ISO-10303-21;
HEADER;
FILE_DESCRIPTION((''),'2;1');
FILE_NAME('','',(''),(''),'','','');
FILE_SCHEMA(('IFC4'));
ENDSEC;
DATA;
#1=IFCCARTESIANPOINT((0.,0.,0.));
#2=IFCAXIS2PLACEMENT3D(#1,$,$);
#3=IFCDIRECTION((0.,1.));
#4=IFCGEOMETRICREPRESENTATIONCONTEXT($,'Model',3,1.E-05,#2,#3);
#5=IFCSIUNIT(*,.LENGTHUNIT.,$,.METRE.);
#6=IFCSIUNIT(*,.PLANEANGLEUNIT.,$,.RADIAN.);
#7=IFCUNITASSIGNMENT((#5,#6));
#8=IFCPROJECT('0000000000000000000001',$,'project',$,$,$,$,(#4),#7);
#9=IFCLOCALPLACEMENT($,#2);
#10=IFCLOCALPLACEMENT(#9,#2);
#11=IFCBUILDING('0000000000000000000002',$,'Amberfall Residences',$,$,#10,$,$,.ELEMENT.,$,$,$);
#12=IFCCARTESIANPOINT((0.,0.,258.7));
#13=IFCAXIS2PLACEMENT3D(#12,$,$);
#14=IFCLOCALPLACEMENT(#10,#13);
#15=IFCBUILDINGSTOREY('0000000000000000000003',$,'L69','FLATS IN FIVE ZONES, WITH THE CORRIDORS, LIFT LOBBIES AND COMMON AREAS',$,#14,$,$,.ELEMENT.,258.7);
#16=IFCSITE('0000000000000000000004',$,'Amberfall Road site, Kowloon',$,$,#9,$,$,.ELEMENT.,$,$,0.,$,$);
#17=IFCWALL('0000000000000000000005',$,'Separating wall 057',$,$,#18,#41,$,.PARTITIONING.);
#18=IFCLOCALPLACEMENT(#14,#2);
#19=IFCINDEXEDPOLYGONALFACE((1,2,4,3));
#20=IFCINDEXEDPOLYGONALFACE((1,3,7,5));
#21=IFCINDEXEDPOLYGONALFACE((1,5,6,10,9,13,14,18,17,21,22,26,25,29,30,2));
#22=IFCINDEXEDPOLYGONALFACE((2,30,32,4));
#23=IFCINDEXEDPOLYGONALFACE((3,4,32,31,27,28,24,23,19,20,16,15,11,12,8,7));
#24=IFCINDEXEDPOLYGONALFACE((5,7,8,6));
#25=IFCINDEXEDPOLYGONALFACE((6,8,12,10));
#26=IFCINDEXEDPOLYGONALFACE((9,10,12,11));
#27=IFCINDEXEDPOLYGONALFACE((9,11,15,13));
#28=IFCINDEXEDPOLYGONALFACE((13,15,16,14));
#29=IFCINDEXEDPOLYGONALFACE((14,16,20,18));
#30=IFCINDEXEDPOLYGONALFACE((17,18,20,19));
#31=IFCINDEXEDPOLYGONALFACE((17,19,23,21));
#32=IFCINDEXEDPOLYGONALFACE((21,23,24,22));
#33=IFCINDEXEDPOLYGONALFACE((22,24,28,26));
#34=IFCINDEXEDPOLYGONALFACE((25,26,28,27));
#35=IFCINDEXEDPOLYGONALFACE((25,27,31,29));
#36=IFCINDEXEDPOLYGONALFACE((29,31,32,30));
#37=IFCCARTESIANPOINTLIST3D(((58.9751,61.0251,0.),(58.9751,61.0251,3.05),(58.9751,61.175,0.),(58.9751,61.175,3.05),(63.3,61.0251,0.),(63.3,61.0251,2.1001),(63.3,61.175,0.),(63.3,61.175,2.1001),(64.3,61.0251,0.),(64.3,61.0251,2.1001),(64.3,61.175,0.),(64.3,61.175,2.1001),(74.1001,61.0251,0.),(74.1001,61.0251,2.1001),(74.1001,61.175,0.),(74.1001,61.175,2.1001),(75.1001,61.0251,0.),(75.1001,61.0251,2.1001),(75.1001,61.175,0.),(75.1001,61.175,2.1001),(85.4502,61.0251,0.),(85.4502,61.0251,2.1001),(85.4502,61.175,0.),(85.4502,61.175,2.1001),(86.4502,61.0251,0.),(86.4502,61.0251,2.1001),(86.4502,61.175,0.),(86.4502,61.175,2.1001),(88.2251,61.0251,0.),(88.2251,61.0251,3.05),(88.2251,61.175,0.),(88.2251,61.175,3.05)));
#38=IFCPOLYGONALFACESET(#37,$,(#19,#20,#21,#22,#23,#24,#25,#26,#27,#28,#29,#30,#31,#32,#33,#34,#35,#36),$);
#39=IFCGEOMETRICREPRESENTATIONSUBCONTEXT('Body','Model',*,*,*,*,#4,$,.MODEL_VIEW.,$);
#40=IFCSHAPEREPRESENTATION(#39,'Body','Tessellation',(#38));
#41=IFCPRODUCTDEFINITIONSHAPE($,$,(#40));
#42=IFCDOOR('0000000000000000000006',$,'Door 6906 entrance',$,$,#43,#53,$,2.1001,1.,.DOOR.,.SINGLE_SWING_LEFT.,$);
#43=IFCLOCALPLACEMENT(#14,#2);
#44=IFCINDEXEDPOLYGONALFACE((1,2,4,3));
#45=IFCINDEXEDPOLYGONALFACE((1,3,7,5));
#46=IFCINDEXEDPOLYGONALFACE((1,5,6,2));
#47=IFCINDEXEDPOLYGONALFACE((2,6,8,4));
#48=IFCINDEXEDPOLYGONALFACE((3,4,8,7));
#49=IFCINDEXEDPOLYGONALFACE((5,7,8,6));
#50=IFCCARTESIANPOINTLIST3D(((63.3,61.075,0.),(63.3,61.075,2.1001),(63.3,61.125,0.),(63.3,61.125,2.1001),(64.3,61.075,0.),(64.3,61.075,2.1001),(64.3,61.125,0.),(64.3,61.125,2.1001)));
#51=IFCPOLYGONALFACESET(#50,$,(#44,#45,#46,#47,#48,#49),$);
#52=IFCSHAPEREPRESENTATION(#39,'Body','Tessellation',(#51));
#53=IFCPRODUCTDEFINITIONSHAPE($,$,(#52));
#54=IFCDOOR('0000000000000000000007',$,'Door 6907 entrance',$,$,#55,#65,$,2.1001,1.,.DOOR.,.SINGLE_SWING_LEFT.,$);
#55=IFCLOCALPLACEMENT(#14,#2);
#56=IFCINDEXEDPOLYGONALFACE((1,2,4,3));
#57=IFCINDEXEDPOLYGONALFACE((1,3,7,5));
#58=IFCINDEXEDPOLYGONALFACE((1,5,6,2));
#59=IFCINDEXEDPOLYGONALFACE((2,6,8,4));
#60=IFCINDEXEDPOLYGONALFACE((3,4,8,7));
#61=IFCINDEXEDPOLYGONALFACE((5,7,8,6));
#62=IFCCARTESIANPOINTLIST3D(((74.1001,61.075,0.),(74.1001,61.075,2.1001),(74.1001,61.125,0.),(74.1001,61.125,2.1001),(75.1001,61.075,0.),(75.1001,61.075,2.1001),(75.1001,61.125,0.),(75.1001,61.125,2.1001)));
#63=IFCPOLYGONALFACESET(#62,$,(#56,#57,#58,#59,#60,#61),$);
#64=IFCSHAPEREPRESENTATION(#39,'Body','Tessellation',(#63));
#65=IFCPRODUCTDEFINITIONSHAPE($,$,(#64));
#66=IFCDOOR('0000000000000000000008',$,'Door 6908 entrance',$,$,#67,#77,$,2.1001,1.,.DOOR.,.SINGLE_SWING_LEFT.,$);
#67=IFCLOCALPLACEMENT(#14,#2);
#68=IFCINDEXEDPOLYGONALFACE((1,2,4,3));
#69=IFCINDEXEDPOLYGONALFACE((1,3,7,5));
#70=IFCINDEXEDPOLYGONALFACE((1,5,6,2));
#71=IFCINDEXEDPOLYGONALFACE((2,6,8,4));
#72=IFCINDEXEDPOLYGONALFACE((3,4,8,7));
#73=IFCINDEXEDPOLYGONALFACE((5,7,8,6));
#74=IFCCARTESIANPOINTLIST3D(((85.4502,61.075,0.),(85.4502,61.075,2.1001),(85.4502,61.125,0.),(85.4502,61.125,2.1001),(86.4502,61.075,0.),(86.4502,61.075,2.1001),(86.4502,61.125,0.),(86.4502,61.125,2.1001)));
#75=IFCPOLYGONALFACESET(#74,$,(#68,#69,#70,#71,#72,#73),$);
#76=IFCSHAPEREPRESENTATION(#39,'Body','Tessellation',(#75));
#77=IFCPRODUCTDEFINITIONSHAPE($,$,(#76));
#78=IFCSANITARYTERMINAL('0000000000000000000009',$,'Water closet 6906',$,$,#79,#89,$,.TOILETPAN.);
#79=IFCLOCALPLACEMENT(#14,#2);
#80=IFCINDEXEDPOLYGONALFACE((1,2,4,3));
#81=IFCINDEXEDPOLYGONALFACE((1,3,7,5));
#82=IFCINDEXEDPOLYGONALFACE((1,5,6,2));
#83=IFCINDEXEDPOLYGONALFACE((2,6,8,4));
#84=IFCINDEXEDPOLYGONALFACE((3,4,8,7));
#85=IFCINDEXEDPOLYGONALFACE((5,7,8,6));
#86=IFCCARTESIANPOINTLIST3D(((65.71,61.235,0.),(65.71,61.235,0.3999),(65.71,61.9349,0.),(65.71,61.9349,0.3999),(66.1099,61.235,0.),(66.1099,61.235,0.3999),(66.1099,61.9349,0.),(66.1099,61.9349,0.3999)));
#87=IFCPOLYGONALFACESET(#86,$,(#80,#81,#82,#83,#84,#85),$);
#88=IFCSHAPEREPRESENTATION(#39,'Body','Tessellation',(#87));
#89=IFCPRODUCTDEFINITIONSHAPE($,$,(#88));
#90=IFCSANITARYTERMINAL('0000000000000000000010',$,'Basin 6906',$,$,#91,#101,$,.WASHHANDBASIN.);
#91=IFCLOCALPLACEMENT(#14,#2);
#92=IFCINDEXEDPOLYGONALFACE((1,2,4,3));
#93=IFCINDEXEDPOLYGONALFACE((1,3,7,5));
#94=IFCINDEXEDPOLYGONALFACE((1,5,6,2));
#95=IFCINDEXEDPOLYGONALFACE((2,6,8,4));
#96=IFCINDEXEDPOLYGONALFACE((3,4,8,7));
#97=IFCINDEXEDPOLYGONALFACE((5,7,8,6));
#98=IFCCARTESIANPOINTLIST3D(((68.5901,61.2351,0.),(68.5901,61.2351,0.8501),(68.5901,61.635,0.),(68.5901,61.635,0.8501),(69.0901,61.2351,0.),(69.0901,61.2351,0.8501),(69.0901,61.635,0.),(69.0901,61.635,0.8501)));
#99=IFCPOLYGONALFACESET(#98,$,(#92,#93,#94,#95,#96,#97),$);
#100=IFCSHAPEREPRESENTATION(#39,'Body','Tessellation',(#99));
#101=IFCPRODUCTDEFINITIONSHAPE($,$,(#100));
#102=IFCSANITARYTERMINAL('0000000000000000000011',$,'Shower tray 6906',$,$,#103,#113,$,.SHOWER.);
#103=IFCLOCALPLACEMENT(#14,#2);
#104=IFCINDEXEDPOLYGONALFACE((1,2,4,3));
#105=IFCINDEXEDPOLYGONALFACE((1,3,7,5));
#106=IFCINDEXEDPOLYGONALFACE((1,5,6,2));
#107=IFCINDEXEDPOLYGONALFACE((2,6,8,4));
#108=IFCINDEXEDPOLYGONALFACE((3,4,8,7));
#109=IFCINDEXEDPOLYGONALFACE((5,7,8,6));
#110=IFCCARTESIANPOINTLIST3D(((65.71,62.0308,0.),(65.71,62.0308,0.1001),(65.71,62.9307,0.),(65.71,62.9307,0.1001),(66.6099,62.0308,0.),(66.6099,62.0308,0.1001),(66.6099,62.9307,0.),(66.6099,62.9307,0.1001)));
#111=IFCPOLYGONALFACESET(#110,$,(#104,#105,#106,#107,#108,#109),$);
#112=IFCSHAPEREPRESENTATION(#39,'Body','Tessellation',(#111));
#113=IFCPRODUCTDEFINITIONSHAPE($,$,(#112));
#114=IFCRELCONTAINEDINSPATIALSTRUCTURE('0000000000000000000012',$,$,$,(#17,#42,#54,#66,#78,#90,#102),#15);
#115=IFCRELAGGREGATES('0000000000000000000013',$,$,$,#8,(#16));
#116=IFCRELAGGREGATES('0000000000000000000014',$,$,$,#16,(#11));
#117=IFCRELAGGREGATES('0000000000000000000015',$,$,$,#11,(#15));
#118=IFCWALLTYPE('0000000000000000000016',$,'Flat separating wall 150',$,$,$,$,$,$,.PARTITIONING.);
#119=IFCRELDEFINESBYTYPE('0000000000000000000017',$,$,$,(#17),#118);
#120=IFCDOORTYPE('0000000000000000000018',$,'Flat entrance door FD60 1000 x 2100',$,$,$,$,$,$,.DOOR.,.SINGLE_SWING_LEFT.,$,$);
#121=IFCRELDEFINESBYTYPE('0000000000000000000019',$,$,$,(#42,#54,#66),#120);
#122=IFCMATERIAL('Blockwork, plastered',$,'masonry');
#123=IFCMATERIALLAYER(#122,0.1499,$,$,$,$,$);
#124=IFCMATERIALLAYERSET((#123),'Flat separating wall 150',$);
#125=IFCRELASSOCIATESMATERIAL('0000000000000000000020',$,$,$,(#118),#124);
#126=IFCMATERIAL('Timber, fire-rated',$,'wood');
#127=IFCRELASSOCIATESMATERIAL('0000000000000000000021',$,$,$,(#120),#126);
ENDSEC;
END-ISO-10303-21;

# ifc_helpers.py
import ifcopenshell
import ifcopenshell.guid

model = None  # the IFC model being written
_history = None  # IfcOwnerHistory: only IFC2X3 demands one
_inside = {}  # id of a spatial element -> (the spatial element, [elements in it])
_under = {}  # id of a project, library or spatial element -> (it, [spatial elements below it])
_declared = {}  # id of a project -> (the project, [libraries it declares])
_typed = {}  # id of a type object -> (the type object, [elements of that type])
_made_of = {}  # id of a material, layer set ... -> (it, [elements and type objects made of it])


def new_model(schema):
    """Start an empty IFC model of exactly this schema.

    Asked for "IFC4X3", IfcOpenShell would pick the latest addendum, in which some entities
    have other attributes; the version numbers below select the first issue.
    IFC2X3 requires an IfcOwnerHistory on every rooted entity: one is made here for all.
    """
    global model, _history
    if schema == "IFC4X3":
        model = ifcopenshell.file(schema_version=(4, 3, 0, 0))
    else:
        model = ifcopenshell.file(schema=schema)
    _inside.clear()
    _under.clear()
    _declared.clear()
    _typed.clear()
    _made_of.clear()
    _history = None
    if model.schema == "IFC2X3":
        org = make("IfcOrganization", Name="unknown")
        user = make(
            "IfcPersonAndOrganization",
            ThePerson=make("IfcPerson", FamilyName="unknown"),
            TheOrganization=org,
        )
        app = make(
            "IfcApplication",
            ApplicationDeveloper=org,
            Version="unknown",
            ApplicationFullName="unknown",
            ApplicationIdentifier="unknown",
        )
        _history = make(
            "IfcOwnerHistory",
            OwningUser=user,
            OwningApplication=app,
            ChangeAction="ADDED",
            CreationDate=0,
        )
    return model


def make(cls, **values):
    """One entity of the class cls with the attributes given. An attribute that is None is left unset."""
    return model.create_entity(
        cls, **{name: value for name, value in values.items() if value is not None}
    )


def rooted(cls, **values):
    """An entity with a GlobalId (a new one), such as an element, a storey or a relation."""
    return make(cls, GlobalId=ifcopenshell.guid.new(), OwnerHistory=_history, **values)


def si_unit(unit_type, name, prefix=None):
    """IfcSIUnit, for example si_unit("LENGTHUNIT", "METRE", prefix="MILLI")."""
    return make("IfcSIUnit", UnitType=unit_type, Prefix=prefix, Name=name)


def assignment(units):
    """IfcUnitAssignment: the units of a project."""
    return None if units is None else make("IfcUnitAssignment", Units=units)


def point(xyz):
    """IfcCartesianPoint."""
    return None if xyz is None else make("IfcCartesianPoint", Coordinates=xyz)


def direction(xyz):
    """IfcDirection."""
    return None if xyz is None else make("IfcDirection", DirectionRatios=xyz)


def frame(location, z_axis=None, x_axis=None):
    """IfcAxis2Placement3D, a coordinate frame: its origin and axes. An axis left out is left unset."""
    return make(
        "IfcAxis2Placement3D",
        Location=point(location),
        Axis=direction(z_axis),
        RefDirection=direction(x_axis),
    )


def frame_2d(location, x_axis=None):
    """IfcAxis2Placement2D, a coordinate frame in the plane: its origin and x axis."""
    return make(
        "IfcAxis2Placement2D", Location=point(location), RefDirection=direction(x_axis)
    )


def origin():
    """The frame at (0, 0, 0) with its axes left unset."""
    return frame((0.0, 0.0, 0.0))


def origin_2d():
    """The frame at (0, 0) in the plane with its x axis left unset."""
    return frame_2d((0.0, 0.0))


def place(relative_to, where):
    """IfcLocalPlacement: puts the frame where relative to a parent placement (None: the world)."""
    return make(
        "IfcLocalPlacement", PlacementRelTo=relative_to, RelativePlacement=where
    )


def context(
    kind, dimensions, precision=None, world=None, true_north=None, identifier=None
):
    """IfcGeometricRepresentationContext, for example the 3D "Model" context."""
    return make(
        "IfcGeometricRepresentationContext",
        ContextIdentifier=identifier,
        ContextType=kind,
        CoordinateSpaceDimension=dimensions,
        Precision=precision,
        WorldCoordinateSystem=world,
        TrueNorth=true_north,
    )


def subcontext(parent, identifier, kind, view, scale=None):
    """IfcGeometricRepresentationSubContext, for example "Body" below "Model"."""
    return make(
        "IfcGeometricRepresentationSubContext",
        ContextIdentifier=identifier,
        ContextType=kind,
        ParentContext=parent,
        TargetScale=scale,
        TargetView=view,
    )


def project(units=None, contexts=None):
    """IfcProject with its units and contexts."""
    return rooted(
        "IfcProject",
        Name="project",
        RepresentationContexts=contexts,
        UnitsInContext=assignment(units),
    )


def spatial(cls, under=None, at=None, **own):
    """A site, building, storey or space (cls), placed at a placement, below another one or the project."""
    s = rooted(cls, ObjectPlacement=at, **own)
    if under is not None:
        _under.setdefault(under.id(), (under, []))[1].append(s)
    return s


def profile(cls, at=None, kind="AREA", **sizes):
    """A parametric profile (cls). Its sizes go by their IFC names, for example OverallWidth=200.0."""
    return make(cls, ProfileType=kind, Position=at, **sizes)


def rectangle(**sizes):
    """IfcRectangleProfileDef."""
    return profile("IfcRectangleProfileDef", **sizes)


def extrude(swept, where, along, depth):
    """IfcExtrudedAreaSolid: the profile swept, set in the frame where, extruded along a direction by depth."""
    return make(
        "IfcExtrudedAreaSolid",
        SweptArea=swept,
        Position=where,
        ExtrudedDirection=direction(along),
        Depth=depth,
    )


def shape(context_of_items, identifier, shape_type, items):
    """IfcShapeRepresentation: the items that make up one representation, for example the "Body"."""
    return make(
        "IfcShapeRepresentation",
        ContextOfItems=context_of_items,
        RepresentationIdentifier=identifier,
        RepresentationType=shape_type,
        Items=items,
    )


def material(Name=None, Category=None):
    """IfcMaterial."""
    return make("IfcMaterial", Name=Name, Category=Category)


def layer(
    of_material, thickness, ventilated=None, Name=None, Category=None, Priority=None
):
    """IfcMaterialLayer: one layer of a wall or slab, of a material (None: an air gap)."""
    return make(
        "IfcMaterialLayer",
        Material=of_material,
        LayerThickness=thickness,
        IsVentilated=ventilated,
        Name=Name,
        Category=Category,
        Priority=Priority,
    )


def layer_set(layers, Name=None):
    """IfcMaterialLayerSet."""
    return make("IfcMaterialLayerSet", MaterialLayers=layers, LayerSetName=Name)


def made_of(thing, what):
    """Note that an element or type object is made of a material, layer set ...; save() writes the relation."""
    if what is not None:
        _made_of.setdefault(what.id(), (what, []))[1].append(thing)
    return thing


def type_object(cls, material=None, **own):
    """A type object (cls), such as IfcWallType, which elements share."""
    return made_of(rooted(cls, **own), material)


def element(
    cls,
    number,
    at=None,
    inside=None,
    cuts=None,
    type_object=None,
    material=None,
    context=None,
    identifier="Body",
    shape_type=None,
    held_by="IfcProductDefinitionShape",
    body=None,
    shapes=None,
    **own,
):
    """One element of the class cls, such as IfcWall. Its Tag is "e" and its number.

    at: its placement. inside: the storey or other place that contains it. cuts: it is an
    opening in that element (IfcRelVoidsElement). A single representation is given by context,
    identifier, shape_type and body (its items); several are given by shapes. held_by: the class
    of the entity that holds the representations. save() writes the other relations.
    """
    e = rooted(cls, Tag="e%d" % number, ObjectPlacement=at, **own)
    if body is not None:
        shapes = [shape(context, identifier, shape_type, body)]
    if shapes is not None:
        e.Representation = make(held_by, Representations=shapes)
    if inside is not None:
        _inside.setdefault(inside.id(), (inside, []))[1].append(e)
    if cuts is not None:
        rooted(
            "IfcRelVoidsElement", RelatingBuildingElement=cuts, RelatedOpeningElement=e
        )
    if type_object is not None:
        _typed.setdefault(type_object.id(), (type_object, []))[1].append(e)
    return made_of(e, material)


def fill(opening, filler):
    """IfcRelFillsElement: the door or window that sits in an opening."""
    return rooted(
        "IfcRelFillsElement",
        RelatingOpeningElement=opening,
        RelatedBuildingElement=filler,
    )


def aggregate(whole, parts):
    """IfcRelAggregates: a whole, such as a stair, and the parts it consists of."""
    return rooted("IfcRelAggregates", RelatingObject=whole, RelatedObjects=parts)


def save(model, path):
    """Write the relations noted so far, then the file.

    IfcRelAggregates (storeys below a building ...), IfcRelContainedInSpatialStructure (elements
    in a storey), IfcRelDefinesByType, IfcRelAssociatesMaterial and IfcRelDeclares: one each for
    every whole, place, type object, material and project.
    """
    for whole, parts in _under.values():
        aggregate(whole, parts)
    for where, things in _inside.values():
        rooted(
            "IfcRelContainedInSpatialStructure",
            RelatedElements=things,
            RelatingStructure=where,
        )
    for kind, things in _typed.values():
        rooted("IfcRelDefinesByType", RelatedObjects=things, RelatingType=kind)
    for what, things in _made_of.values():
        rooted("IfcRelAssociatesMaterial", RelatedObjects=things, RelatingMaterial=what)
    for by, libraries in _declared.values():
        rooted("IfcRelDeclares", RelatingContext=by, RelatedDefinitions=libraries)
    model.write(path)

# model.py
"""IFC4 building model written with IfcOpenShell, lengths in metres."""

from ifc_helpers import new_model, si_unit, direction, frame, frame_2d, origin, origin_2d, place, context, subcontext, project, spatial, rectangle, extrude, material, layer, layer_set, type_object, element, fill, save


model = new_model("IFC4")

# Units and contexts
model_context = context("Model", 3, precision=1e-05, world=origin(), true_north=direction((0.0, 1.0)))
body_context = subcontext(model_context, "Body", "Model", "MODEL_VIEW")
ifc_project = project(units=[si_unit("LENGTHUNIT", "METRE"), si_unit("PLANEANGLEUNIT", "RADIAN")], contexts=[model_context])

# Site, building, storey
site_placement = place(None, origin())
site = spatial("IfcSite", under=ifc_project, at=site_placement, Name="Amberfall Road site, Kowloon", CompositionType="ELEMENT", RefElevation=0.0)
building_placement = place(site_placement, origin())
building = spatial("IfcBuilding", under=site, at=building_placement, Name="Amberfall Residences", CompositionType="ELEMENT")
storey_placement = place(building_placement, frame((0.0, 0.0, 258.7)))
storey = spatial("IfcBuildingStorey", under=building, at=storey_placement, Name="L69", Description="FLATS IN FIVE ZONES, WITH THE CORRIDORS, LIFT LOBBIES AND COMMON AREAS", CompositionType="ELEMENT", Elevation=258.7)

# Shared definitions
ifc_material_1 = material(Name="Blockwork, plastered", Category="masonry")
ifc_layer_1 = layer(ifc_material_1, 0.1499)
ifc_layer_set_1 = layer_set([ifc_layer_1], Name="Flat separating wall 150")
wall_type_1 = type_object("IfcWallType", Name="Flat separating wall 150", PredefinedType="PARTITIONING", material=ifc_layer_set_1)

# Wall, openings, doors
wall_1_placement = place(storey_placement, frame((58.9751, 61.1001, 0.0), z_axis=(0.0, 0.0, 1.0), x_axis=(1.0, 0.0, 0.0)))
wall_1 = element("IfcWall", 1, at=wall_1_placement, inside=storey, type_object=wall_type_1, Name="Separating wall 057", PredefinedType="PARTITIONING", context=body_context, shape_type="SweptSolid", body=[
    extrude(rectangle(XDim=29.25, YDim=0.1499, at=frame_2d((14.625, 0.0))), origin(), (0.0, 0.0, 1.0), 3.05),
])
opening_1_placement = place(wall_1_placement, frame((4.325, 0.0, 0.0)))
opening_1 = element("IfcOpeningElement", 2, at=opening_1_placement, cuts=wall_1, PredefinedType="OPENING", context=body_context, shape_type="SweptSolid", body=[
    extrude(rectangle(XDim=1.0, YDim=2.1001, at=frame_2d((0.5, 1.05))), frame((0.0, 0.085, 0.0), z_axis=(0.0, -1.0, 0.0), x_axis=(1.0, 0.0, 0.0)), (0.0, 0.0, 1.0), 0.1699),
])
opening_2_placement = place(wall_1_placement, frame((15.125, 0.0, 0.0)))
opening_2 = element("IfcOpeningElement", 3, at=opening_2_placement, cuts=wall_1, PredefinedType="OPENING", context=body_context, shape_type="SweptSolid", body=[
    extrude(rectangle(XDim=1.0, YDim=2.1001, at=frame_2d((0.5, 1.05))), frame((0.0, 0.085, 0.0), z_axis=(0.0, -1.0, 0.0), x_axis=(1.0, 0.0, 0.0)), (0.0, 0.0, 1.0), 0.1699),
])
opening_3_placement = place(wall_1_placement, frame((26.4751, 0.0, 0.0)))
opening_3 = element("IfcOpeningElement", 4, at=opening_3_placement, cuts=wall_1, PredefinedType="OPENING", context=body_context, shape_type="SweptSolid", body=[
    extrude(rectangle(XDim=1.0, YDim=2.1001, at=frame_2d((0.5, 1.05))), frame((0.0, 0.085, 0.0), z_axis=(0.0, -1.0, 0.0), x_axis=(1.0, 0.0, 0.0)), (0.0, 0.0, 1.0), 0.1699),
])
ifc_material_2 = material(Name="Timber, fire-rated", Category="wood")
door_type_1 = type_object("IfcDoorType", Name="Flat entrance door FD60 1000 x 2100", OperationType="SINGLE_SWING_LEFT", PredefinedType="DOOR", material=ifc_material_2)
door_1_placement = place(opening_1_placement, origin())
door_1 = element("IfcDoor", 5, at=door_1_placement, inside=storey, type_object=door_type_1, Name="Door 6906 entrance", OperationType="SINGLE_SWING_LEFT", OverallHeight=2.1001, OverallWidth=1.0, PredefinedType="DOOR", context=body_context, shape_type="SweptSolid", body=[
    extrude(rectangle(XDim=1.0, YDim=2.1001, at=frame_2d((0.5, 1.05))), frame((0.0, 0.0249, 0.0), z_axis=(0.0, -1.0, 0.0), x_axis=(1.0, 0.0, 0.0)), (0.0, 0.0, 1.0), 0.05),
])
fill(opening_1, door_1)
door_2_placement = place(opening_2_placement, origin())
door_2 = element("IfcDoor", 6, at=door_2_placement, inside=storey, type_object=door_type_1, Name="Door 6907 entrance", OperationType="SINGLE_SWING_LEFT", OverallHeight=2.1001, OverallWidth=1.0, PredefinedType="DOOR", context=body_context, shape_type="SweptSolid", body=[
    extrude(rectangle(XDim=1.0, YDim=2.1001, at=frame_2d((0.5, 1.05))), frame((0.0, 0.0249, 0.0), z_axis=(0.0, -1.0, 0.0), x_axis=(1.0, 0.0, 0.0)), (0.0, 0.0, 1.0), 0.05),
])
fill(opening_2, door_2)
door_3_placement = place(opening_3_placement, origin())
door_3 = element("IfcDoor", 7, at=door_3_placement, inside=storey, type_object=door_type_1, Name="Door 6908 entrance", OperationType="SINGLE_SWING_LEFT", OverallHeight=2.1001, OverallWidth=1.0, PredefinedType="DOOR", context=body_context, shape_type="SweptSolid", body=[
    extrude(rectangle(XDim=1.0, YDim=2.1001, at=frame_2d((0.5, 1.05))), frame((0.0, 0.0249, 0.0), z_axis=(0.0, -1.0, 0.0), x_axis=(1.0, 0.0, 0.0)), (0.0, 0.0, 1.0), 0.05),
])
fill(opening_3, door_3)

# Sanitary terminals
sanitary_terminal_1_placement = place(storey_placement, frame((65.9099, 61.585, 0.0), z_axis=(0.0, 0.0, 1.0), x_axis=(1.0, 0.0, 0.0)))
element("IfcSanitaryTerminal", 8, at=sanitary_terminal_1_placement, inside=storey, Name="Water closet 6906", PredefinedType="TOILETPAN", context=body_context, shape_type="SweptSolid", body=[
    extrude(rectangle(XDim=0.3999, YDim=0.7, at=origin_2d()), origin(), (0.0, 0.0, 1.0), 0.3999),
])
sanitary_terminal_2_placement = place(storey_placement, frame((68.8401, 61.4351, 0.0), z_axis=(0.0, 0.0, 1.0), x_axis=(1.0, 0.0, 0.0)))
element("IfcSanitaryTerminal", 9, at=sanitary_terminal_2_placement, inside=storey, Name="Basin 6906", PredefinedType="WASHHANDBASIN", context=body_context, shape_type="SweptSolid", body=[
    extrude(rectangle(XDim=0.5, YDim=0.3999, at=origin_2d()), origin(), (0.0, 0.0, 1.0), 0.8501),
])
sanitary_terminal_3_placement = place(storey_placement, frame((66.1599, 62.4807, 0.0), z_axis=(0.0, 0.0, 1.0), x_axis=(1.0, 0.0, 0.0)))
element("IfcSanitaryTerminal", 10, at=sanitary_terminal_3_placement, inside=storey, Name="Shower tray 6906", PredefinedType="SHOWER", context=body_context, shape_type="SweptSolid", body=[
    extrude(rectangle(XDim=0.8999, YDim=0.8999, at=origin_2d()), origin(), (0.0, 0.0, 1.0), 0.1001),
])

save(model, "model.ifc")
